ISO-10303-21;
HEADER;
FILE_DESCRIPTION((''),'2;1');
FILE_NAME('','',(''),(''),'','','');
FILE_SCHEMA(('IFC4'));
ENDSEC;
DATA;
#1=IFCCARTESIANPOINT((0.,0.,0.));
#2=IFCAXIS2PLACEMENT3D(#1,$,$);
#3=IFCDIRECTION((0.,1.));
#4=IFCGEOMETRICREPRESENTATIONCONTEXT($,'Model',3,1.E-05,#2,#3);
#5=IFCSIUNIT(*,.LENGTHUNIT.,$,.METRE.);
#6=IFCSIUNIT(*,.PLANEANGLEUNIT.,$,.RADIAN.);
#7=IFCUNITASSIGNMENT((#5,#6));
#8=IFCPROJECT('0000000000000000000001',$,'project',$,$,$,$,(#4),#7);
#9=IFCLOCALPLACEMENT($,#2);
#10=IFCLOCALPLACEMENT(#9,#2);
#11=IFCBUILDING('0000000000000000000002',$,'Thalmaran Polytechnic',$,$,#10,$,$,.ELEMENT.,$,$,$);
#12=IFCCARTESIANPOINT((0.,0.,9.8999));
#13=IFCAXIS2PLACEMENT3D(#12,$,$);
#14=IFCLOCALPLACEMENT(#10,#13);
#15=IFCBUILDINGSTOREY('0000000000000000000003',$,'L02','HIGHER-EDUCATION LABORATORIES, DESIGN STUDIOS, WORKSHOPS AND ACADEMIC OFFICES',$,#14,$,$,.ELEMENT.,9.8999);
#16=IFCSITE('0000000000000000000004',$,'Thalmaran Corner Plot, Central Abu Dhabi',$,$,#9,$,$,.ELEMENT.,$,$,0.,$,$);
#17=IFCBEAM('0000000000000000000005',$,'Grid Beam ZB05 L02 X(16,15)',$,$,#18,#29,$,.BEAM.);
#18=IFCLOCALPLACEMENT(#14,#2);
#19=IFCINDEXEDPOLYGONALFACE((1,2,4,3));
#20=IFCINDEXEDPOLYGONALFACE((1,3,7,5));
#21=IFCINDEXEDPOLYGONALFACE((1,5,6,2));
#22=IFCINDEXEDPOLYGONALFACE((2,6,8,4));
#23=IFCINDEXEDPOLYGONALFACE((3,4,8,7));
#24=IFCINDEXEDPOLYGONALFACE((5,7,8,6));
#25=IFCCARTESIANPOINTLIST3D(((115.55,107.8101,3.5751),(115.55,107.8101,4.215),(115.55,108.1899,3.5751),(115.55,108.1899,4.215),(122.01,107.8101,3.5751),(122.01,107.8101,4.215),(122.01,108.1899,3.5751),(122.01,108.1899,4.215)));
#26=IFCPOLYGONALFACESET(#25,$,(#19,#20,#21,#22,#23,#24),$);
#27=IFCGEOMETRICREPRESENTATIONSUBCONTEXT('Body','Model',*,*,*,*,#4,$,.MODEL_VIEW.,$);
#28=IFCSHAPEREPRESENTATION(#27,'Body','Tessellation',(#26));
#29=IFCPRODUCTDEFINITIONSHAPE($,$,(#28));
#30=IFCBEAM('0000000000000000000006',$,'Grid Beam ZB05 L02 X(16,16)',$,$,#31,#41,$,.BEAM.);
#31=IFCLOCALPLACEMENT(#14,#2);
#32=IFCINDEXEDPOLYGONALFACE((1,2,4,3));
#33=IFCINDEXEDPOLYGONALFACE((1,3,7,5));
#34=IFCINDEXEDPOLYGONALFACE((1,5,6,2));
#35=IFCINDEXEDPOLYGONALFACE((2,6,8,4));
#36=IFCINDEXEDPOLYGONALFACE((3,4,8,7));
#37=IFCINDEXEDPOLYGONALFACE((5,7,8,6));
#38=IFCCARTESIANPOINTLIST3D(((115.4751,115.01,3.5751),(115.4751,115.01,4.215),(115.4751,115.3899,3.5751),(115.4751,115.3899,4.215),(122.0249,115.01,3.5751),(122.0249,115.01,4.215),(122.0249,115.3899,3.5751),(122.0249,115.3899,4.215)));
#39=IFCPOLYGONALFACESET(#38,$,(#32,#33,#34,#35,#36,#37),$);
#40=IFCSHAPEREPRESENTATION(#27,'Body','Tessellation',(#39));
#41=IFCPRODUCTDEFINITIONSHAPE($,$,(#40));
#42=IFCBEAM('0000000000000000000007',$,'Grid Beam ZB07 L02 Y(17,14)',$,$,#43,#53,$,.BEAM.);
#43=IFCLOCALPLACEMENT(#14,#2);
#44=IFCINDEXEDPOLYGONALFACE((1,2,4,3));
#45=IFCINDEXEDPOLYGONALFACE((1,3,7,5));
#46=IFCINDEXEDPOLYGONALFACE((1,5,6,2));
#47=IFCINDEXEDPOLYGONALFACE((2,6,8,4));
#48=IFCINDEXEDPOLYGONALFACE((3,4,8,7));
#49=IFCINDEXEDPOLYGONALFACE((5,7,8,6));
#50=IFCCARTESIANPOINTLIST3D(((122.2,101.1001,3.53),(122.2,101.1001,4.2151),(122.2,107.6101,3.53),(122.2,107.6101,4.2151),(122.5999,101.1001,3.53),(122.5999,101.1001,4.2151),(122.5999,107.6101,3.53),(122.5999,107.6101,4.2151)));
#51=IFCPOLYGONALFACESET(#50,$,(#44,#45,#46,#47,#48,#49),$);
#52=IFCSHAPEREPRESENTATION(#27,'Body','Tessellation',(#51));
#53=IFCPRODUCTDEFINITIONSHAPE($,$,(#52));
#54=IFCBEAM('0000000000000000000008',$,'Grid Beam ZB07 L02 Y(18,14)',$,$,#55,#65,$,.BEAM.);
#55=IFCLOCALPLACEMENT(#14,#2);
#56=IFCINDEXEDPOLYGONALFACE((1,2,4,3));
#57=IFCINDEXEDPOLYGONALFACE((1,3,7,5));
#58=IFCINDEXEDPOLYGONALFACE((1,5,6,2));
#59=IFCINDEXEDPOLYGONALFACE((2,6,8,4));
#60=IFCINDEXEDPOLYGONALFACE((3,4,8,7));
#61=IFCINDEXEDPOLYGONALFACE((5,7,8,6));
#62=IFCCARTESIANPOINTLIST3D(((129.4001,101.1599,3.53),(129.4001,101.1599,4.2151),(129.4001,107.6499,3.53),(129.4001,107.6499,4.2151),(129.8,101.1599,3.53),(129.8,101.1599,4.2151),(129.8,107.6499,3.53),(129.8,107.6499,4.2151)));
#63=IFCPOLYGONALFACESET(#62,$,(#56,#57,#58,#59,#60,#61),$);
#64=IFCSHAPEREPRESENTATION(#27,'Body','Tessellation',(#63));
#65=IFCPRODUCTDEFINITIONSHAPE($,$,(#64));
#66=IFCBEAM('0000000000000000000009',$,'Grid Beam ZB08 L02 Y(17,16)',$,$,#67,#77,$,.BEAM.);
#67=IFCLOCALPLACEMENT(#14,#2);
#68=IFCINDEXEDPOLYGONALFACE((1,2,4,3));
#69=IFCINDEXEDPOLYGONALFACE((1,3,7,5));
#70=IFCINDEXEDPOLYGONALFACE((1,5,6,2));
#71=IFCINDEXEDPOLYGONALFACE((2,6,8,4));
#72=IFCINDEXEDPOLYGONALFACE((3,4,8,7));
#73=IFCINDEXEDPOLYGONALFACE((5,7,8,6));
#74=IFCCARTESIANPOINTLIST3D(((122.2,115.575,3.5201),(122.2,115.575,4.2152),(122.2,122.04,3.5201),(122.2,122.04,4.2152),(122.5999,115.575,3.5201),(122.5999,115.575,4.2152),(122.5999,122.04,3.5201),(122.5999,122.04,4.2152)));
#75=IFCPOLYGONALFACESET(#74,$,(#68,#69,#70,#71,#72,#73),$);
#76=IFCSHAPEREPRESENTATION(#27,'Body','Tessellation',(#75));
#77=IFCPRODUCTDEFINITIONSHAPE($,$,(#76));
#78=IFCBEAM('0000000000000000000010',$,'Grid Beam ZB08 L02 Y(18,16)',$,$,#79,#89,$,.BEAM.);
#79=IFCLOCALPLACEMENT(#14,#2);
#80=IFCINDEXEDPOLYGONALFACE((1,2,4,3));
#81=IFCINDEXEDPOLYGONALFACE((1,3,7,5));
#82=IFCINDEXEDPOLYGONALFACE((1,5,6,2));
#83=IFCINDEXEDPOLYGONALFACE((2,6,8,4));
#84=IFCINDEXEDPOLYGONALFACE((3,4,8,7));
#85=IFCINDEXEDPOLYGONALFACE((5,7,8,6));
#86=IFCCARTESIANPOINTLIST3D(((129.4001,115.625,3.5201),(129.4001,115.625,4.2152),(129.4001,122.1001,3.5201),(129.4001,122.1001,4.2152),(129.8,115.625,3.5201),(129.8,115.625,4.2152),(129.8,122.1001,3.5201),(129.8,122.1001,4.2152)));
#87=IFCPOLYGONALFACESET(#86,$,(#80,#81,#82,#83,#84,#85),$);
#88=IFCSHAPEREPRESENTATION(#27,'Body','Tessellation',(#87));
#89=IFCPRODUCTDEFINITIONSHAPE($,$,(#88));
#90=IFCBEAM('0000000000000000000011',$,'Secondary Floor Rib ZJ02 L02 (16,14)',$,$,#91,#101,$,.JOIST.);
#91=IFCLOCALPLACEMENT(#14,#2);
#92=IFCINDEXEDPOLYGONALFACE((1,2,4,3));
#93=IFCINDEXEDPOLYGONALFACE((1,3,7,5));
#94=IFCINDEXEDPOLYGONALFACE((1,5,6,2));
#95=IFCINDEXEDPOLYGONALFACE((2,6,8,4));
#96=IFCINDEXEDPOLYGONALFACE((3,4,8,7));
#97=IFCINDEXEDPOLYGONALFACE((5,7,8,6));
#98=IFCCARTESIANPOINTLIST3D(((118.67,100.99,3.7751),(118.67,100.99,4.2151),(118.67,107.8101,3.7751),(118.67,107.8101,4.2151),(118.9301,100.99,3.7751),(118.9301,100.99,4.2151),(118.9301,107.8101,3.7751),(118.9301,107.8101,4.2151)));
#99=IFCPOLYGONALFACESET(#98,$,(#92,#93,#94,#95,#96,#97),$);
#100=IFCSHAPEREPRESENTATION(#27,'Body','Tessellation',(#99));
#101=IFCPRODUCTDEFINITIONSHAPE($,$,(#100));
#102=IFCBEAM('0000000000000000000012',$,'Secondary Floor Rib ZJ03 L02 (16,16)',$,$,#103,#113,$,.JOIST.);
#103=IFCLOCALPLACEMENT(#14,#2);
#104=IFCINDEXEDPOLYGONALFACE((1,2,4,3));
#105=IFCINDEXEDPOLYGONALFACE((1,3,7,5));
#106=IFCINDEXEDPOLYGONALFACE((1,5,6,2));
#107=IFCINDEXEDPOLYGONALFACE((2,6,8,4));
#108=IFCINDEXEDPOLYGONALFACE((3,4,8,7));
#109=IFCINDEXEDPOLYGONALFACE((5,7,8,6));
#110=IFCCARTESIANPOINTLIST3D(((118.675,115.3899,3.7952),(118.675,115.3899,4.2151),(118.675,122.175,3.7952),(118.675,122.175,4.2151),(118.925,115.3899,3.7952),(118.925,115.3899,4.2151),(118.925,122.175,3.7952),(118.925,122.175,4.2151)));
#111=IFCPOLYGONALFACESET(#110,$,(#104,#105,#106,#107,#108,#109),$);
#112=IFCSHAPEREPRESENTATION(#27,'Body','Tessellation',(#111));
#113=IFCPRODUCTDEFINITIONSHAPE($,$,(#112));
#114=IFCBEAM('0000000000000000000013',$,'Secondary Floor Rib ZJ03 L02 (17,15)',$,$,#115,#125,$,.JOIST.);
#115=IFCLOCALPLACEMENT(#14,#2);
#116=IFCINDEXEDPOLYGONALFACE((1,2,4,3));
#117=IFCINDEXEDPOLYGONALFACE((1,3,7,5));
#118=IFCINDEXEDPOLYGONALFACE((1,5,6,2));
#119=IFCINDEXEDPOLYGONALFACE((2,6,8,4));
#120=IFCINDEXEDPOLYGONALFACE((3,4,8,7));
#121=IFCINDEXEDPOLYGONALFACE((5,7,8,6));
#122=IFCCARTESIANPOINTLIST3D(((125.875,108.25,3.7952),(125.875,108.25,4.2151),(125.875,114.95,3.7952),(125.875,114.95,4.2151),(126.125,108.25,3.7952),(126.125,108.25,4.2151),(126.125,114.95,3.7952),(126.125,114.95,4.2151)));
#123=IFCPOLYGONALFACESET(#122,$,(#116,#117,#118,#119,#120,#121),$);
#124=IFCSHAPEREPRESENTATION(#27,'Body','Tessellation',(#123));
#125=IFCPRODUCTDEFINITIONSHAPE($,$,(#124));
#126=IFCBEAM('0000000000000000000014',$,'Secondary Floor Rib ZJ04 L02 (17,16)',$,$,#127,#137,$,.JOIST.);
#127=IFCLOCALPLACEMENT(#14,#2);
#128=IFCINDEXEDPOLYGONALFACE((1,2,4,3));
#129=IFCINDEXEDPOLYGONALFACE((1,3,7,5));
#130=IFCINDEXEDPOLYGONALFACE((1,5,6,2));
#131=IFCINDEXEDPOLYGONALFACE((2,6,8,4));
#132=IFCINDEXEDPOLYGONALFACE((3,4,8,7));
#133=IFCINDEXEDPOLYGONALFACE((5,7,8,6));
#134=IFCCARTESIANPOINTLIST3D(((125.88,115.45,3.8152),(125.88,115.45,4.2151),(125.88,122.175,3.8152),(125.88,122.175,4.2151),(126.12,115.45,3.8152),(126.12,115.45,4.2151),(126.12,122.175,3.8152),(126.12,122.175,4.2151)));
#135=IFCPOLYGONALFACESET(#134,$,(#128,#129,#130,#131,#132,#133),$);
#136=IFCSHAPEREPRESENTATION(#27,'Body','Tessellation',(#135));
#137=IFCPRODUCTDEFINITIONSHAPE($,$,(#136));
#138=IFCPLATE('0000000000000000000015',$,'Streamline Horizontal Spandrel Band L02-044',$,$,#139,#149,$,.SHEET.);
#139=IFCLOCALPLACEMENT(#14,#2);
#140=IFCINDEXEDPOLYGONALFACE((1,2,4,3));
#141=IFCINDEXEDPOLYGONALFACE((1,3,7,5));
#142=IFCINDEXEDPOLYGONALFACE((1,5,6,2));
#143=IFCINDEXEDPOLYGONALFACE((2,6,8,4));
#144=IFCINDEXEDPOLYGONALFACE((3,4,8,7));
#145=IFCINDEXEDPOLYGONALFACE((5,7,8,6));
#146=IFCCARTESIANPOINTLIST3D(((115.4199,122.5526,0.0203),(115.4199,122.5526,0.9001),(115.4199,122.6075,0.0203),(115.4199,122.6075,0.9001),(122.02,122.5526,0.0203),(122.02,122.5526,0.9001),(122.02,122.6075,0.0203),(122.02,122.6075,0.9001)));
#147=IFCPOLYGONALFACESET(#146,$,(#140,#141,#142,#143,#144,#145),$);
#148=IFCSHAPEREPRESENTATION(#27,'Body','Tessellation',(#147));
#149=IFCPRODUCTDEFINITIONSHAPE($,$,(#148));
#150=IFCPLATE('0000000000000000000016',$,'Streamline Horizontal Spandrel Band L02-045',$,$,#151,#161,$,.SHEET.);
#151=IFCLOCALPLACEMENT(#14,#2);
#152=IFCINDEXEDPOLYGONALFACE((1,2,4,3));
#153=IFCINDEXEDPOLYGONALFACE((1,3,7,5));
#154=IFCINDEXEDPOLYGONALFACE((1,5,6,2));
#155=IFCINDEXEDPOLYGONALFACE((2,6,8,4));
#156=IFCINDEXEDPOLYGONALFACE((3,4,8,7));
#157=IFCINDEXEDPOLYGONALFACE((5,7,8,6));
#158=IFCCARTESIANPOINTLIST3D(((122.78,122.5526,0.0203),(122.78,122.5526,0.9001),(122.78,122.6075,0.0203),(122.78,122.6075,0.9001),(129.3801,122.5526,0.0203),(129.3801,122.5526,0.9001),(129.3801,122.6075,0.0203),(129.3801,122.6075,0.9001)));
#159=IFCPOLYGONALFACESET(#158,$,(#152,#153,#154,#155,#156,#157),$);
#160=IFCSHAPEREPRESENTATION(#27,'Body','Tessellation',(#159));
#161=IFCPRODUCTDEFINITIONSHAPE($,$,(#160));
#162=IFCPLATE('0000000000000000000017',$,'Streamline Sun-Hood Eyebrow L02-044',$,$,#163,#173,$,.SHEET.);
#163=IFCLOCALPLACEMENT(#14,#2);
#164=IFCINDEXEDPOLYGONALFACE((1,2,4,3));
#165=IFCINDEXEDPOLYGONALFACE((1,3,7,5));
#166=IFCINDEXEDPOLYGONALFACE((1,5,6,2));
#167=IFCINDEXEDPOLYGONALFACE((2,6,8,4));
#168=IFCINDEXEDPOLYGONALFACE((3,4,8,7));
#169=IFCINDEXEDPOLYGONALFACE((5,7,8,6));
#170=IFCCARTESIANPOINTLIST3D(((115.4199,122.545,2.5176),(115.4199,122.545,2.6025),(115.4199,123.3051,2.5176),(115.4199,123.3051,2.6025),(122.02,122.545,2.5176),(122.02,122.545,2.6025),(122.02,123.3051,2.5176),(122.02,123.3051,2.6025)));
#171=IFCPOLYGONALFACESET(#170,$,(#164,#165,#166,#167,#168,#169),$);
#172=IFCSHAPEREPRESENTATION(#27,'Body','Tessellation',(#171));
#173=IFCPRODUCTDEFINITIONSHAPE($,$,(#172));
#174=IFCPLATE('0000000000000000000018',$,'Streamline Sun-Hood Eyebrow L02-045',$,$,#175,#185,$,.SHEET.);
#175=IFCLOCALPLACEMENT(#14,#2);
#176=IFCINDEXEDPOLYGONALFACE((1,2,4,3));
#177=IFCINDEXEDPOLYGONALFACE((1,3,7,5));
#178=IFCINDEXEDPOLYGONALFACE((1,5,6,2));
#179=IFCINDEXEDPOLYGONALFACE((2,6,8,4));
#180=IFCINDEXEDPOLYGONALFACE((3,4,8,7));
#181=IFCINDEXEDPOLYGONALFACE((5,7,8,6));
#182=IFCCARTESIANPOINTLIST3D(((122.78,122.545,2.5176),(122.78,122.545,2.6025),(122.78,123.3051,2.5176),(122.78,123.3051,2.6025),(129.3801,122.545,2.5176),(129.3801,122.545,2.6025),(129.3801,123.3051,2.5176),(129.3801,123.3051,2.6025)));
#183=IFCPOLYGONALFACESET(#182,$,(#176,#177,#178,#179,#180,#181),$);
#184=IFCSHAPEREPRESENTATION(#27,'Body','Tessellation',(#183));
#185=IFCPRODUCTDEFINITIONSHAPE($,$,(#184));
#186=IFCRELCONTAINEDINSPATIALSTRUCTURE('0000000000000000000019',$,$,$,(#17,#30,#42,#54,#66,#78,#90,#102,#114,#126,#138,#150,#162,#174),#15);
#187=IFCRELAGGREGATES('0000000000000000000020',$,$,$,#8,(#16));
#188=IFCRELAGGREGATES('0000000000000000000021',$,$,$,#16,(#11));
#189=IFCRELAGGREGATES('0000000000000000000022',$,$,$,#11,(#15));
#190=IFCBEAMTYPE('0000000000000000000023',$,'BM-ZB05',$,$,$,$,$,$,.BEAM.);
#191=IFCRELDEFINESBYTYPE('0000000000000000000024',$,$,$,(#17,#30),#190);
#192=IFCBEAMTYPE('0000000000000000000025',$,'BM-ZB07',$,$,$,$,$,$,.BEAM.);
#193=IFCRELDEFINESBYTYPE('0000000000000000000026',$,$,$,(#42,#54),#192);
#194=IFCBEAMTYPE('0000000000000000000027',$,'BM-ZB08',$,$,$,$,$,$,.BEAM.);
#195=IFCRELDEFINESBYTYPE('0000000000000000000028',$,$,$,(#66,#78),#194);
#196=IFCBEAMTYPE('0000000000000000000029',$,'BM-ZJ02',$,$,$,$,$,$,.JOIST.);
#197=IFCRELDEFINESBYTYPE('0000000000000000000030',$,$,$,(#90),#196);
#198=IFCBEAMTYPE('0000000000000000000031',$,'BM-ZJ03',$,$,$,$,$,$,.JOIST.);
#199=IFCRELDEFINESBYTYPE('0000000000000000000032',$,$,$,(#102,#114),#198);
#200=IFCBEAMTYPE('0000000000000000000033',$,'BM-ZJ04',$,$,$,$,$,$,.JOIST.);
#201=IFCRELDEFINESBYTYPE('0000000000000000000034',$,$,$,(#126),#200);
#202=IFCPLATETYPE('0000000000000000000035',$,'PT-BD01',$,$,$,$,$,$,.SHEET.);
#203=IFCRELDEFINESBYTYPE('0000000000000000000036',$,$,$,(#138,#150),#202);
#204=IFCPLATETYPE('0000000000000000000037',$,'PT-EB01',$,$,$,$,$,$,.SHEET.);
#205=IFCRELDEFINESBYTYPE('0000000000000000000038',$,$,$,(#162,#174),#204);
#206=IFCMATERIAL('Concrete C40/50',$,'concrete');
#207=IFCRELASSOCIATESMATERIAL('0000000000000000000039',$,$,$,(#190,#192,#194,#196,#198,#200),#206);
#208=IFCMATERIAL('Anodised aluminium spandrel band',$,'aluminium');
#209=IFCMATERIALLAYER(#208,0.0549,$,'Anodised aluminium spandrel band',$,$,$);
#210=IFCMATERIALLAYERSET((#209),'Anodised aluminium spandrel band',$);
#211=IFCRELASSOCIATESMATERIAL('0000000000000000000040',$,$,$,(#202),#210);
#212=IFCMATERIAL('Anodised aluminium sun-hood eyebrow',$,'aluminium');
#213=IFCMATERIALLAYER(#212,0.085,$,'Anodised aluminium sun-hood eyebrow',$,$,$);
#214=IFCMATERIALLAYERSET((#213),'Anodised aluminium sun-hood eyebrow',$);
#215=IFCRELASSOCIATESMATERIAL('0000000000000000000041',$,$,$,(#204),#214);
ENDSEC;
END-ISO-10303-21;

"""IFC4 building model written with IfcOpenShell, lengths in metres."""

from ifc_helpers import new_model, si_unit, direction, frame, origin, origin_2d, place, context, subcontext, project, spatial, rectangle, extrude, material, layer, layer_set, material_profile, profile_set, type_object, element, save


model = new_model("IFC4")

# Units and contexts
model_context = context("Model", 3, precision=1e-05, world=origin(), true_north=direction((0.0, 1.0)))
body_context = subcontext(model_context, "Body", "Model", "MODEL_VIEW")
ifc_project = project(units=[si_unit("LENGTHUNIT", "METRE"), si_unit("PLANEANGLEUNIT", "RADIAN")], contexts=[model_context])

# Site, building, storey
site_placement = place(None, origin())
site = spatial("IfcSite", under=ifc_project, at=site_placement, Name="Thalmaran Corner Plot, Central Abu Dhabi", CompositionType="ELEMENT", RefElevation=0.0)
building_placement = place(site_placement, origin())
building = spatial("IfcBuilding", under=site, at=building_placement, Name="Thalmaran Polytechnic", CompositionType="ELEMENT")
storey_placement = place(building_placement, frame((0.0, 0.0, 9.8999)))
storey = spatial("IfcBuildingStorey", under=building, at=storey_placement, Name="L02", Description="HIGHER-EDUCATION LABORATORIES, DESIGN STUDIOS, WORKSHOPS AND ACADEMIC OFFICES", CompositionType="ELEMENT", Elevation=9.8999)

# Beams
ifc_material_1 = material(Name="Concrete C40/50", Category="concrete")
ifc_material_profile_1 = material_profile(ifc_material_1, rectangle(XDim=0.3799, YDim=0.6399, at=origin_2d()), Name="RC 380x640")
ifc_profile_set_1 = profile_set([ifc_material_profile_1], Name="Concrete C40/50")
beam_type_1 = type_object("IfcBeamType", Name="BM-ZB05", PredefinedType="BEAM", material=ifc_profile_set_1)
beam_1_placement = place(storey_placement, frame((115.55, 108.0, 3.895), z_axis=(1.0, 0.0, 0.0), x_axis=(0.0, 1.0, 0.0)))
element("IfcBeam", 1, at=beam_1_placement, inside=storey, type_object=beam_type_1, Name="Grid Beam ZB05 L02 X(16,15)", PredefinedType="BEAM", context=body_context, shape_type="SweptSolid", body=[
    extrude(rectangle(XDim=0.3799, YDim=0.6399, at=origin_2d()), origin(), (0.0, 0.0, 1.0), 6.46),
])
beam_2_placement = place(storey_placement, frame((115.4751, 115.2, 3.895), z_axis=(1.0, 0.0, 0.0), x_axis=(0.0, 1.0, 0.0)))
element("IfcBeam", 2, at=beam_2_placement, inside=storey, type_object=beam_type_1, Name="Grid Beam ZB05 L02 X(16,16)", PredefinedType="BEAM", context=body_context, shape_type="SweptSolid", body=[
    extrude(rectangle(XDim=0.3799, YDim=0.6399, at=origin_2d()), origin(), (0.0, 0.0, 1.0), 6.5498),
])
ifc_material_profile_2 = material_profile(ifc_material_1, rectangle(XDim=0.3999, YDim=0.6851, at=origin_2d()), Name="RC 400x685")
ifc_profile_set_2 = profile_set([ifc_material_profile_2], Name="Concrete C40/50")
beam_type_2 = type_object("IfcBeamType", Name="BM-ZB07", PredefinedType="BEAM", material=ifc_profile_set_2)
beam_3_placement = place(storey_placement, frame((122.3999, 101.1001, 3.8726), z_axis=(0.0, 1.0, 0.0), x_axis=(-1.0, 0.0, 0.0)))
element("IfcBeam", 3, at=beam_3_placement, inside=storey, type_object=beam_type_2, Name="Grid Beam ZB07 L02 Y(17,14)", PredefinedType="BEAM", context=body_context, shape_type="SweptSolid", body=[
    extrude(rectangle(XDim=0.3999, YDim=0.6851, at=origin_2d()), origin(), (0.0, 0.0, 1.0), 6.51),
])
beam_4_placement = place(storey_placement, frame((129.6001, 101.1599, 3.8726), z_axis=(0.0, 1.0, 0.0), x_axis=(-1.0, 0.0, 0.0)))
element("IfcBeam", 4, at=beam_4_placement, inside=storey, type_object=beam_type_2, Name="Grid Beam ZB07 L02 Y(18,14)", PredefinedType="BEAM", context=body_context, shape_type="SweptSolid", body=[
    extrude(rectangle(XDim=0.3999, YDim=0.6851, at=origin_2d()), origin(), (0.0, 0.0, 1.0), 6.49),
])
ifc_material_profile_3 = material_profile(ifc_material_1, rectangle(XDim=0.3999, YDim=0.6951, at=origin_2d()), Name="RC 400x695")
ifc_profile_set_3 = profile_set([ifc_material_profile_3], Name="Concrete C40/50")
beam_type_3 = type_object("IfcBeamType", Name="BM-ZB08", PredefinedType="BEAM", material=ifc_profile_set_3)
beam_5_placement = place(storey_placement, frame((122.3999, 115.575, 3.8677), z_axis=(0.0, 1.0, 0.0), x_axis=(-1.0, 0.0, 0.0)))
element("IfcBeam", 5, at=beam_5_placement, inside=storey, type_object=beam_type_3, Name="Grid Beam ZB08 L02 Y(17,16)", PredefinedType="BEAM", context=body_context, shape_type="SweptSolid", body=[
    extrude(rectangle(XDim=0.3999, YDim=0.6951, at=origin_2d()), origin(), (0.0, 0.0, 1.0), 6.4651),
])
beam_6_placement = place(storey_placement, frame((129.6001, 115.625, 3.8677), z_axis=(0.0, 1.0, 0.0), x_axis=(-1.0, 0.0, 0.0)))
element("IfcBeam", 6, at=beam_6_placement, inside=storey, type_object=beam_type_3, Name="Grid Beam ZB08 L02 Y(18,16)", PredefinedType="BEAM", context=body_context, shape_type="SweptSolid", body=[
    extrude(rectangle(XDim=0.3999, YDim=0.6951, at=origin_2d()), origin(), (0.0, 0.0, 1.0), 6.4751),
])
ifc_material_profile_4 = material_profile(ifc_material_1, rectangle(XDim=0.26, YDim=0.4399, at=origin_2d()), Name="RC 260x440")
ifc_profile_set_4 = profile_set([ifc_material_profile_4], Name="Concrete C40/50")
beam_type_4 = type_object("IfcBeamType", Name="BM-ZJ02", PredefinedType="JOIST", material=ifc_profile_set_4)
beam_7_placement = place(storey_placement, frame((118.8, 100.99, 3.9951), z_axis=(0.0, 1.0, 0.0), x_axis=(-1.0, 0.0, 0.0)))
element("IfcBeam", 7, at=beam_7_placement, inside=storey, type_object=beam_type_4, Name="Secondary Floor Rib ZJ02 L02 (16,14)", PredefinedType="JOIST", context=body_context, shape_type="SweptSolid", body=[
    extrude(rectangle(XDim=0.26, YDim=0.4399, at=origin_2d()), origin(), (0.0, 0.0, 1.0), 6.8201),
])
ifc_material_profile_5 = material_profile(ifc_material_1, rectangle(XDim=0.25, YDim=0.4199, at=origin_2d()), Name="RC 250x420")
ifc_profile_set_5 = profile_set([ifc_material_profile_5], Name="Concrete C40/50")
beam_type_5 = type_object("IfcBeamType", Name="BM-ZJ03", PredefinedType="JOIST", material=ifc_profile_set_5)
beam_8_placement = place(storey_placement, frame((118.8, 115.3899, 4.0051), z_axis=(0.0, 1.0, 0.0), x_axis=(-1.0, 0.0, 0.0)))
element("IfcBeam", 8, at=beam_8_placement, inside=storey, type_object=beam_type_5, Name="Secondary Floor Rib ZJ03 L02 (16,16)", PredefinedType="JOIST", context=body_context, shape_type="SweptSolid", body=[
    extrude(rectangle(XDim=0.25, YDim=0.4199, at=origin_2d()), origin(), (0.0, 0.0, 1.0), 6.7852),
])
beam_9_placement = place(storey_placement, frame((126.0, 108.25, 4.0051), z_axis=(0.0, 1.0, 0.0), x_axis=(-1.0, 0.0, 0.0)))
element("IfcBeam", 9, at=beam_9_placement, inside=storey, type_object=beam_type_5, Name="Secondary Floor Rib ZJ03 L02 (17,15)", PredefinedType="JOIST", context=body_context, shape_type="SweptSolid", body=[
    extrude(rectangle(XDim=0.25, YDim=0.4199, at=origin_2d()), origin(), (0.0, 0.0, 1.0), 6.7),
])
ifc_material_profile_6 = material_profile(ifc_material_1, rectangle(XDim=0.24, YDim=0.3999, at=origin_2d()), Name="RC 240x400")
ifc_profile_set_6 = profile_set([ifc_material_profile_6], Name="Concrete C40/50")
beam_type_6 = type_object("IfcBeamType", Name="BM-ZJ04", PredefinedType="JOIST", material=ifc_profile_set_6)
beam_10_placement = place(storey_placement, frame((126.0, 115.45, 4.0151), z_axis=(0.0, 1.0, 0.0), x_axis=(-1.0, 0.0, 0.0)))
element("IfcBeam", 10, at=beam_10_placement, inside=storey, type_object=beam_type_6, Name="Secondary Floor Rib ZJ04 L02 (17,16)", PredefinedType="JOIST", context=body_context, shape_type="SweptSolid", body=[
    extrude(rectangle(XDim=0.24, YDim=0.3999, at=origin_2d()), origin(), (0.0, 0.0, 1.0), 6.7251),
])

# Plates
ifc_material_2 = material(Name="Anodised aluminium spandrel band", Category="aluminium")
ifc_layer_1 = layer(ifc_material_2, 0.0549, Name="Anodised aluminium spandrel band")
ifc_layer_set_1 = layer_set([ifc_layer_1], Name="Anodised aluminium spandrel band")
plate_type_1 = type_object("IfcPlateType", Name="PT-BD01", PredefinedType="SHEET", material=ifc_layer_set_1)
for number, where, z_axis, x_axis, name in (
    (11, (118.72, 122.5801, 0.0203), (0.0, 0.0, 1.0), (1.0, 0.0, 0.0), "Streamline Horizontal Spandrel Band L02-044"),
    (12, (126.0801, 122.5801, 0.0203), (0.0, 0.0, 1.0), (1.0, 0.0, 0.0), "Streamline Horizontal Spandrel Band L02-045"),
):
    element("IfcPlate", number, at=place(storey_placement, frame(where, z_axis=z_axis, x_axis=x_axis)), inside=storey, type_object=plate_type_1, Name=name, PredefinedType="SHEET", context=body_context, shape_type="SweptSolid", body=[
        extrude(rectangle(XDim=6.6001, YDim=0.0549, at=origin_2d()), origin(), (0.0, 0.0, 1.0), 0.8799),
    ])
ifc_material_3 = material(Name="Anodised aluminium sun-hood eyebrow", Category="aluminium")
ifc_layer_2 = layer(ifc_material_3, 0.085, Name="Anodised aluminium sun-hood eyebrow")
ifc_layer_set_2 = layer_set([ifc_layer_2], Name="Anodised aluminium sun-hood eyebrow")
plate_type_2 = type_object("IfcPlateType", Name="PT-EB01", PredefinedType="SHEET", material=ifc_layer_set_2)
for number, where, z_axis, x_axis, name in (
    (13, (118.72, 122.925, 2.5176), (0.0, 0.0, 1.0), (1.0, 0.0, 0.0), "Streamline Sun-Hood Eyebrow L02-044"),
    (14, (126.0801, 122.925, 2.5176), (0.0, 0.0, 1.0), (1.0, 0.0, 0.0), "Streamline Sun-Hood Eyebrow L02-045"),
):
    element("IfcPlate", number, at=place(storey_placement, frame(where, z_axis=z_axis, x_axis=x_axis)), inside=storey, type_object=plate_type_2, Name=name, PredefinedType="SHEET", context=body_context, shape_type="SweptSolid", body=[
        extrude(rectangle(XDim=6.6001, YDim=0.76, at=origin_2d()), origin(), (0.0, 0.0, 1.0), 0.085),
    ])

save(model, "model.ifc")
